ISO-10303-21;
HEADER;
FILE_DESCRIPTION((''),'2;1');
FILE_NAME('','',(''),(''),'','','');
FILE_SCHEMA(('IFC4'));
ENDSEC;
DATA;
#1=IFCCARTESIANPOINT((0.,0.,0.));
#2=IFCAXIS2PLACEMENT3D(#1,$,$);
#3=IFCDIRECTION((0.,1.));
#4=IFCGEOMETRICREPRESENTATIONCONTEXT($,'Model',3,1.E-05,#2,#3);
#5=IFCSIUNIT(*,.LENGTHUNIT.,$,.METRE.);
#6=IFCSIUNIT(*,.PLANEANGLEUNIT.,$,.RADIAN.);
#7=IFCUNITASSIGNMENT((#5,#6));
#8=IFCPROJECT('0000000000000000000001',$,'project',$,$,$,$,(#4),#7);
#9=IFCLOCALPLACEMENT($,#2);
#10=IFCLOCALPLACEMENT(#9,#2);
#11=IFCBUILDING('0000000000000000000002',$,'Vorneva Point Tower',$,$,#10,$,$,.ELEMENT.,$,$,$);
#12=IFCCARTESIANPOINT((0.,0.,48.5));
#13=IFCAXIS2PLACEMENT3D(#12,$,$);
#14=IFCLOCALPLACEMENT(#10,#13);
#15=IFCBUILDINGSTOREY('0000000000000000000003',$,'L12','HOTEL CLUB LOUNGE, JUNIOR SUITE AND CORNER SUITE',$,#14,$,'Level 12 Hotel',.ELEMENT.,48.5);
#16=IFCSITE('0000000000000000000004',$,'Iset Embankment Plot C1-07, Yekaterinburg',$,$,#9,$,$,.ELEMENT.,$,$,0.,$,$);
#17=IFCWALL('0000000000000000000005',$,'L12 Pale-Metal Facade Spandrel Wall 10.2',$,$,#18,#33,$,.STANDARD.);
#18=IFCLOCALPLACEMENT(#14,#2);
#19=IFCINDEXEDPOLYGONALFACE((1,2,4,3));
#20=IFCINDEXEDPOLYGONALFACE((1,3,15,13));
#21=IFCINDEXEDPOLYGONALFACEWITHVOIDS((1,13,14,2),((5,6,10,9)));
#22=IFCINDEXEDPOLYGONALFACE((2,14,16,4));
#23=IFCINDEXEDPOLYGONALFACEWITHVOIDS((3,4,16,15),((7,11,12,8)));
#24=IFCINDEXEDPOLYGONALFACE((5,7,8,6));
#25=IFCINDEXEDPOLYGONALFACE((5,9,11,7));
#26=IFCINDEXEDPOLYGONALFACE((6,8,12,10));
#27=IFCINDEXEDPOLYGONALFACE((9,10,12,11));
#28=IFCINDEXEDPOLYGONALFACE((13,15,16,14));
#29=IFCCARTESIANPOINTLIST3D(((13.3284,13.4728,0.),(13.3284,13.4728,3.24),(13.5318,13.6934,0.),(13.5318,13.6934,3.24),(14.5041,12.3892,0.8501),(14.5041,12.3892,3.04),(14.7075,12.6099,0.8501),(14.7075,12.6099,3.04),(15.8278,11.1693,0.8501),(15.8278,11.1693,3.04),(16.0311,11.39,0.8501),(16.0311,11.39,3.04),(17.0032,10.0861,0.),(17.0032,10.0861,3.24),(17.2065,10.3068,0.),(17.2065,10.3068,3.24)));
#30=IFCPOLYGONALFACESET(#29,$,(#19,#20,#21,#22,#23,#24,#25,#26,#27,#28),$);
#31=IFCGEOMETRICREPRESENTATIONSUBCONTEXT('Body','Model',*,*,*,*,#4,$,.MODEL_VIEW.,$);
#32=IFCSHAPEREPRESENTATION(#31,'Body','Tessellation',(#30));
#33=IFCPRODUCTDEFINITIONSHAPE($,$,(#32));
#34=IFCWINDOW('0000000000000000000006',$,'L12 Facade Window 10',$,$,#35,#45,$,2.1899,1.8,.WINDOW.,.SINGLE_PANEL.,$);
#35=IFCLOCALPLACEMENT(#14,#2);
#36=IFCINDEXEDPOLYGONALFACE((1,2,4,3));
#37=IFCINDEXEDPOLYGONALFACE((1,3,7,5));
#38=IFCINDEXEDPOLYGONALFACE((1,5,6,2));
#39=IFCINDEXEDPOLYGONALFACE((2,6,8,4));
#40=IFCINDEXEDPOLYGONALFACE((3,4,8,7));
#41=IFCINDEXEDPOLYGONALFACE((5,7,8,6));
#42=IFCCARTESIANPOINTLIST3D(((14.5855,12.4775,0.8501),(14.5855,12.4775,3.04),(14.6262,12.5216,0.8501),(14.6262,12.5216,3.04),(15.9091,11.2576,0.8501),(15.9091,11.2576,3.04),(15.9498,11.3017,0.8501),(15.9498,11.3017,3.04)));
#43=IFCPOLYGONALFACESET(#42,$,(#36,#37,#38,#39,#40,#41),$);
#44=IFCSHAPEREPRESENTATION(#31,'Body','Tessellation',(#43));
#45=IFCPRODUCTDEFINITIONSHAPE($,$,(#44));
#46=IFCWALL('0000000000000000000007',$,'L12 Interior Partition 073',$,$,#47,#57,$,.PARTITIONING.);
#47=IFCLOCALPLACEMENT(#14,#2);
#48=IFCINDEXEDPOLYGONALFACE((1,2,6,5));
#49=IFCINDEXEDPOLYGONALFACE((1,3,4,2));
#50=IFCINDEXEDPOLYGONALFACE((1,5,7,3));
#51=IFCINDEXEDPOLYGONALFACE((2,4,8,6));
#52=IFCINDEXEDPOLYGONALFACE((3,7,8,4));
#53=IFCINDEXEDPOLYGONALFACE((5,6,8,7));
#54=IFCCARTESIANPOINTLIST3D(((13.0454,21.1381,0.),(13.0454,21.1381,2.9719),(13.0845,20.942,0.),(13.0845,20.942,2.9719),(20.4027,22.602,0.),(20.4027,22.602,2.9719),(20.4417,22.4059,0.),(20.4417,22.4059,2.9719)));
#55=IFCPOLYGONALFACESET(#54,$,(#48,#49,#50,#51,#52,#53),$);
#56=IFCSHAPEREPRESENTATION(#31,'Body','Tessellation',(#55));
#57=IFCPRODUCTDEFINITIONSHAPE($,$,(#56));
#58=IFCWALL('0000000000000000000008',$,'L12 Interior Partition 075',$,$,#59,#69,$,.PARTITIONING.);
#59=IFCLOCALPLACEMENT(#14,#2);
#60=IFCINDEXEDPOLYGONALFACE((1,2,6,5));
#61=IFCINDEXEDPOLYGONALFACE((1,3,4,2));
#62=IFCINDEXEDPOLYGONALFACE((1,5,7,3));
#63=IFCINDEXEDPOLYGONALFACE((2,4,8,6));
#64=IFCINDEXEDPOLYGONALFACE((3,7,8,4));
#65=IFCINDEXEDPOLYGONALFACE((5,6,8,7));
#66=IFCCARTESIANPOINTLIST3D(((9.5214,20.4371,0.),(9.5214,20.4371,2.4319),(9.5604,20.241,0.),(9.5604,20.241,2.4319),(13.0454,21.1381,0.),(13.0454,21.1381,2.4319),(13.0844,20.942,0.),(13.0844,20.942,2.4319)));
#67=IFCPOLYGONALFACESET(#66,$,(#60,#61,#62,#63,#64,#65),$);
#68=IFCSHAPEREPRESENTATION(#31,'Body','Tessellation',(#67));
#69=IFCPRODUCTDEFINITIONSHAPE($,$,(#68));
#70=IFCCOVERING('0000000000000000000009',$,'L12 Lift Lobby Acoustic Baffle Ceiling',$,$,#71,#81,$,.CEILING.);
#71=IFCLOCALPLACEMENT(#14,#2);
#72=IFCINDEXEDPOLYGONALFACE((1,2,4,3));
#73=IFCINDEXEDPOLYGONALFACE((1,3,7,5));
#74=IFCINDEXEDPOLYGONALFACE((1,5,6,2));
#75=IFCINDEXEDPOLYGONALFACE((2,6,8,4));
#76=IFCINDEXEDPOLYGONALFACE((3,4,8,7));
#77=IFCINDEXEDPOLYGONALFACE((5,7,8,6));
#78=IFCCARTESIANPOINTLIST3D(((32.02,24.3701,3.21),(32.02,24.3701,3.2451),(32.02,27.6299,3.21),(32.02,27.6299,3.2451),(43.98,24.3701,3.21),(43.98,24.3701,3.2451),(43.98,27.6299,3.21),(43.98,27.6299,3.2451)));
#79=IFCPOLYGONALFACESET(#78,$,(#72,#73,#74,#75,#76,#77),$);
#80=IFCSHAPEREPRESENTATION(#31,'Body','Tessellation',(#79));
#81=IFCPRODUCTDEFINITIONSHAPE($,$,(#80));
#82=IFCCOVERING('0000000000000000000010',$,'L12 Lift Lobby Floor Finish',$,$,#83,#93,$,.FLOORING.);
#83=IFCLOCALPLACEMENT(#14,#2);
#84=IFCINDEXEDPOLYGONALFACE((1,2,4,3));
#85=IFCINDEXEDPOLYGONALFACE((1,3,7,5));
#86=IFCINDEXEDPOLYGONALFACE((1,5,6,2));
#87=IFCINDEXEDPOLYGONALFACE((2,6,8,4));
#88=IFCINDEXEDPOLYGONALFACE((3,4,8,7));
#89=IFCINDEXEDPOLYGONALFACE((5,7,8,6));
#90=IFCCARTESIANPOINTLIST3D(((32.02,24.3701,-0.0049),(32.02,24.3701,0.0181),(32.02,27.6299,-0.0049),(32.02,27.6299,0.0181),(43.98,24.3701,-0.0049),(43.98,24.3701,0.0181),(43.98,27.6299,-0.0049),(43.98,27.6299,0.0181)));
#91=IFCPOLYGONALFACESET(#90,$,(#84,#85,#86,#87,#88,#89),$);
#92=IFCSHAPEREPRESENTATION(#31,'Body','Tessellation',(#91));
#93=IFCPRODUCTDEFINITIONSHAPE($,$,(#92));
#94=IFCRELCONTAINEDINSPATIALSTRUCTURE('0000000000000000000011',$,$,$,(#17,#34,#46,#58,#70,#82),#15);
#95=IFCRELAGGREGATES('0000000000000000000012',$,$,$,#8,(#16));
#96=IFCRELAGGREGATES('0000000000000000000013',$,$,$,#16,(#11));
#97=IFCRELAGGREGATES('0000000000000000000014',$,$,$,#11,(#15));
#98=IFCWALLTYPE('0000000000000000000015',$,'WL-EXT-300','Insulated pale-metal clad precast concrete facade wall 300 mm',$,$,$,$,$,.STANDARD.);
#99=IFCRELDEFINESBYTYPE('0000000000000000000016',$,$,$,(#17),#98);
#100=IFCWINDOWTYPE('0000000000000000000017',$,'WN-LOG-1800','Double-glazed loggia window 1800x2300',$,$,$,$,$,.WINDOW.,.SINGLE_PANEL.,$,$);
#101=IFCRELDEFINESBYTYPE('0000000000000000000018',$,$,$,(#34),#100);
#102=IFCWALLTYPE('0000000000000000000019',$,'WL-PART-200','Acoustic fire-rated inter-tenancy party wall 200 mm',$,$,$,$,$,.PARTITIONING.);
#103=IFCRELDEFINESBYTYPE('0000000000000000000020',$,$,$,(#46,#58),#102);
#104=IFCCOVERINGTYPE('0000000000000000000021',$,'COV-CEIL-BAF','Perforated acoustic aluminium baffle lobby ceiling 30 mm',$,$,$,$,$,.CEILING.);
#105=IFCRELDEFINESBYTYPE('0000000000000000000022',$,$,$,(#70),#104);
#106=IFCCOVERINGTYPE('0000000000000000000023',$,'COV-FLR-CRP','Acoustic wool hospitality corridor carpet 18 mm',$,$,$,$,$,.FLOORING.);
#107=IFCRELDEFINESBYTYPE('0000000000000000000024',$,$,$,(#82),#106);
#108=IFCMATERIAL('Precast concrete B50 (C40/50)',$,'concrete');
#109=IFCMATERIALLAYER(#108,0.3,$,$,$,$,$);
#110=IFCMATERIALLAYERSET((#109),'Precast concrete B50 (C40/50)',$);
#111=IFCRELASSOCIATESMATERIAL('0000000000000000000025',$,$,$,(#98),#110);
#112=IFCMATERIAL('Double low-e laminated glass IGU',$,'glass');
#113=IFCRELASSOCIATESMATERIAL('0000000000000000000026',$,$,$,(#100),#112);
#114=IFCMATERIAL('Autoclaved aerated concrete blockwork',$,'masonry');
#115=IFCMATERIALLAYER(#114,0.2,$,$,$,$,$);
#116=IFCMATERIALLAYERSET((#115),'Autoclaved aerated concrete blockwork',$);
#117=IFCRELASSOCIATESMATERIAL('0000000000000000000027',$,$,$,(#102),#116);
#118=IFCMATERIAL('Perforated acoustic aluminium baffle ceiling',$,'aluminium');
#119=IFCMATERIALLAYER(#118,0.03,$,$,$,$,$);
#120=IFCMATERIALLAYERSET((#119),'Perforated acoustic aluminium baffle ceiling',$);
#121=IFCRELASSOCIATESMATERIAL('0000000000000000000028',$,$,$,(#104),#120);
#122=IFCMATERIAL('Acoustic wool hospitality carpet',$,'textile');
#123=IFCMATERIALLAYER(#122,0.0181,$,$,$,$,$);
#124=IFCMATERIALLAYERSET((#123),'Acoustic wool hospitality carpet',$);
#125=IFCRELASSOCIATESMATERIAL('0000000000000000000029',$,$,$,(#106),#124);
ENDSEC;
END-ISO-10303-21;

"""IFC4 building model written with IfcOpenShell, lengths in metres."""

from ifc_helpers import new_model, si_unit, direction, frame, frame_2d, origin, place, context, subcontext, project, spatial, polyline, rectangle, outline, extrude, material, layer, layer_set, type_object, element, fill, save


model = new_model("IFC4")

# Units and contexts
model_context = context("Model", 3, precision=1e-05, world=origin(), true_north=direction((0.0, 1.0)))
body_context = subcontext(model_context, "Body", "Model", "MODEL_VIEW")
ifc_project = project(units=[si_unit("LENGTHUNIT", "METRE"), si_unit("PLANEANGLEUNIT", "RADIAN")], contexts=[model_context])

# Site, building, storey
site_placement = place(None, origin())
site = spatial("IfcSite", under=ifc_project, at=site_placement, Name="Iset Embankment Plot C1-07, Yekaterinburg", CompositionType="ELEMENT", RefElevation=0.0)
building_placement = place(site_placement, origin())
building = spatial("IfcBuilding", under=site, at=building_placement, Name="Vorneva Point Tower", CompositionType="ELEMENT")
storey_placement = place(building_placement, frame((0.0, 0.0, 48.5)))
storey = spatial("IfcBuildingStorey", under=building, at=storey_placement, Name="L12", Description="HOTEL CLUB LOUNGE, JUNIOR SUITE AND CORNER SUITE", LongName="Level 12 Hotel", CompositionType="ELEMENT", Elevation=48.5)

# Shared definitions
ifc_material_1 = material(Name="Double low-e laminated glass IGU", Category="glass")

# Wall, opening, window
ifc_material_2 = material(Name="Precast concrete B50 (C40/50)", Category="concrete")
ifc_layer_1 = layer(ifc_material_2, 0.3)
ifc_layer_set_1 = layer_set([ifc_layer_1], Name="Precast concrete B50 (C40/50)")
wall_type_1 = type_object("IfcWallType", Name="WL-EXT-300", Description="Insulated pale-metal clad precast concrete facade wall 300 mm", PredefinedType="STANDARD", material=ifc_layer_set_1)
wall_1_placement = place(storey_placement, frame((13.4302, 13.583, 0.0), z_axis=(0.0, 0.0, 1.0), x_axis=(0.735343, -0.677696, 0.0)))
wall_1 = element("IfcWall", 1, at=wall_1_placement, inside=storey, type_object=wall_type_1, Name="L12 Pale-Metal Facade Spandrel Wall 10.2", PredefinedType="STANDARD", context=body_context, shape_type="SweptSolid", body=[
    extrude(rectangle(XDim=4.9973, YDim=0.3, at=frame_2d((2.4985, 0.0))), origin(), (0.0, 0.0, 1.0), 3.24),
])
opening_1_placement = place(wall_1_placement, frame((1.5989, 0.0, 0.8501)))
opening_1 = element("IfcOpeningElement", 2, at=opening_1_placement, cuts=wall_1, PredefinedType="OPENING", context=body_context, shape_type="SweptSolid", body=[
    extrude(rectangle(XDim=1.8, YDim=2.1899, at=frame_2d((0.8999, 1.095))), frame((0.0, 0.165, 0.0), z_axis=(0.0, -1.0, 0.0), x_axis=(1.0, 0.0, 0.0)), (0.0, 0.0, 1.0), 0.3298),
])
window_type_1 = type_object("IfcWindowType", Name="WN-LOG-1800", Description="Double-glazed loggia window 1800x2300", PartitioningType="SINGLE_PANEL", PredefinedType="WINDOW", material=ifc_material_1)
window_1_placement = place(opening_1_placement, origin())
window_1 = element("IfcWindow", 3, at=window_1_placement, inside=storey, type_object=window_type_1, Name="L12 Facade Window 10", OverallHeight=2.1899, OverallWidth=1.8, PartitioningType="SINGLE_PANEL", PredefinedType="WINDOW", context=body_context, shape_type="SweptSolid", body=[
    extrude(rectangle(XDim=1.8, YDim=2.1899, at=frame_2d((0.8999, 1.095))), frame((0.0, 0.03, 0.0), z_axis=(0.0, -1.0, 0.0), x_axis=(1.0, 0.0, 0.0)), (0.0, 0.0, 1.0), 0.0601),
])
fill(opening_1, window_1)

# Walls
ifc_material_3 = material(Name="Autoclaved aerated concrete blockwork", Category="masonry")
ifc_layer_2 = layer(ifc_material_3, 0.2)
ifc_layer_set_2 = layer_set([ifc_layer_2], Name="Autoclaved aerated concrete blockwork")
wall_type_2 = type_object("IfcWallType", Name="WL-PART-200", Description="Acoustic fire-rated inter-tenancy party wall 200 mm", PredefinedType="PARTITIONING", material=ifc_layer_set_2)
wall_2_placement = place(storey_placement, frame((13.0649, 21.04, 0.0), z_axis=(0.0, 0.0, 1.0), x_axis=(0.980774, 0.195146, 0.0)))
element("IfcWall", 4, at=wall_2_placement, inside=storey, type_object=wall_type_2, Name="L12 Interior Partition 073", PredefinedType="PARTITIONING", context=body_context, shape_type="SweptSolid", body=[
    extrude(rectangle(XDim=7.5015, YDim=0.2, at=frame_2d((3.7507, 0.0))), origin(), (0.0, 0.0, 1.0), 2.9719),
])
wall_3_placement = place(storey_placement, frame((9.541, 20.3391, 0.0), z_axis=(0.0, 0.0, 1.0), x_axis=(0.980787, 0.195084, 0.0)))
element("IfcWall", 5, at=wall_3_placement, inside=storey, type_object=wall_type_2, Name="L12 Interior Partition 075", PredefinedType="PARTITIONING", context=body_context, shape_type="SweptSolid", body=[
    extrude(rectangle(XDim=3.593, YDim=0.2, at=frame_2d((1.7964, 0.0))), origin(), (0.0, 0.0, 1.0), 2.4319),
])

# Coverings
ifc_material_4 = material(Name="Perforated acoustic aluminium baffle ceiling", Category="aluminium")
ifc_layer_3 = layer(ifc_material_4, 0.03)
ifc_layer_set_3 = layer_set([ifc_layer_3], Name="Perforated acoustic aluminium baffle ceiling")
covering_type_1 = type_object("IfcCoveringType", Name="COV-CEIL-BAF", Description="Perforated acoustic aluminium baffle lobby ceiling 30 mm", PredefinedType="CEILING", material=ifc_layer_set_3)
covering_1_placement = place(storey_placement, frame((0.0, 0.0, 3.21)))
element("IfcCovering", 6, at=covering_1_placement, inside=storey, type_object=covering_type_1, Name="L12 Lift Lobby Acoustic Baffle Ceiling", PredefinedType="CEILING", context=body_context, shape_type="SweptSolid", body=[
    extrude(outline(polyline([(32.02, 24.3701), (43.98, 24.3701), (43.98, 27.6299), (32.02, 27.6299), (32.02, 24.3701)])), origin(), (0.0, 0.0, 1.0), 0.0352),
])
ifc_material_5 = material(Name="Acoustic wool hospitality carpet", Category="textile")
ifc_layer_4 = layer(ifc_material_5, 0.0181)
ifc_layer_set_4 = layer_set([ifc_layer_4], Name="Acoustic wool hospitality carpet")
covering_type_2 = type_object("IfcCoveringType", Name="COV-FLR-CRP", Description="Acoustic wool hospitality corridor carpet 18 mm", PredefinedType="FLOORING", material=ifc_layer_set_4)
covering_2_placement = place(storey_placement, frame((0.0, 0.0, -0.0049)))
element("IfcCovering", 7, at=covering_2_placement, inside=storey, type_object=covering_type_2, Name="L12 Lift Lobby Floor Finish", PredefinedType="FLOORING", context=body_context, shape_type="SweptSolid", body=[
    extrude(outline(polyline([(32.02, 24.3701), (43.98, 24.3701), (43.98, 27.6299), (32.02, 27.6299), (32.02, 24.3701)])), origin(), (0.0, 0.0, 1.0), 0.0229),
])

save(model, "model.ifc")
